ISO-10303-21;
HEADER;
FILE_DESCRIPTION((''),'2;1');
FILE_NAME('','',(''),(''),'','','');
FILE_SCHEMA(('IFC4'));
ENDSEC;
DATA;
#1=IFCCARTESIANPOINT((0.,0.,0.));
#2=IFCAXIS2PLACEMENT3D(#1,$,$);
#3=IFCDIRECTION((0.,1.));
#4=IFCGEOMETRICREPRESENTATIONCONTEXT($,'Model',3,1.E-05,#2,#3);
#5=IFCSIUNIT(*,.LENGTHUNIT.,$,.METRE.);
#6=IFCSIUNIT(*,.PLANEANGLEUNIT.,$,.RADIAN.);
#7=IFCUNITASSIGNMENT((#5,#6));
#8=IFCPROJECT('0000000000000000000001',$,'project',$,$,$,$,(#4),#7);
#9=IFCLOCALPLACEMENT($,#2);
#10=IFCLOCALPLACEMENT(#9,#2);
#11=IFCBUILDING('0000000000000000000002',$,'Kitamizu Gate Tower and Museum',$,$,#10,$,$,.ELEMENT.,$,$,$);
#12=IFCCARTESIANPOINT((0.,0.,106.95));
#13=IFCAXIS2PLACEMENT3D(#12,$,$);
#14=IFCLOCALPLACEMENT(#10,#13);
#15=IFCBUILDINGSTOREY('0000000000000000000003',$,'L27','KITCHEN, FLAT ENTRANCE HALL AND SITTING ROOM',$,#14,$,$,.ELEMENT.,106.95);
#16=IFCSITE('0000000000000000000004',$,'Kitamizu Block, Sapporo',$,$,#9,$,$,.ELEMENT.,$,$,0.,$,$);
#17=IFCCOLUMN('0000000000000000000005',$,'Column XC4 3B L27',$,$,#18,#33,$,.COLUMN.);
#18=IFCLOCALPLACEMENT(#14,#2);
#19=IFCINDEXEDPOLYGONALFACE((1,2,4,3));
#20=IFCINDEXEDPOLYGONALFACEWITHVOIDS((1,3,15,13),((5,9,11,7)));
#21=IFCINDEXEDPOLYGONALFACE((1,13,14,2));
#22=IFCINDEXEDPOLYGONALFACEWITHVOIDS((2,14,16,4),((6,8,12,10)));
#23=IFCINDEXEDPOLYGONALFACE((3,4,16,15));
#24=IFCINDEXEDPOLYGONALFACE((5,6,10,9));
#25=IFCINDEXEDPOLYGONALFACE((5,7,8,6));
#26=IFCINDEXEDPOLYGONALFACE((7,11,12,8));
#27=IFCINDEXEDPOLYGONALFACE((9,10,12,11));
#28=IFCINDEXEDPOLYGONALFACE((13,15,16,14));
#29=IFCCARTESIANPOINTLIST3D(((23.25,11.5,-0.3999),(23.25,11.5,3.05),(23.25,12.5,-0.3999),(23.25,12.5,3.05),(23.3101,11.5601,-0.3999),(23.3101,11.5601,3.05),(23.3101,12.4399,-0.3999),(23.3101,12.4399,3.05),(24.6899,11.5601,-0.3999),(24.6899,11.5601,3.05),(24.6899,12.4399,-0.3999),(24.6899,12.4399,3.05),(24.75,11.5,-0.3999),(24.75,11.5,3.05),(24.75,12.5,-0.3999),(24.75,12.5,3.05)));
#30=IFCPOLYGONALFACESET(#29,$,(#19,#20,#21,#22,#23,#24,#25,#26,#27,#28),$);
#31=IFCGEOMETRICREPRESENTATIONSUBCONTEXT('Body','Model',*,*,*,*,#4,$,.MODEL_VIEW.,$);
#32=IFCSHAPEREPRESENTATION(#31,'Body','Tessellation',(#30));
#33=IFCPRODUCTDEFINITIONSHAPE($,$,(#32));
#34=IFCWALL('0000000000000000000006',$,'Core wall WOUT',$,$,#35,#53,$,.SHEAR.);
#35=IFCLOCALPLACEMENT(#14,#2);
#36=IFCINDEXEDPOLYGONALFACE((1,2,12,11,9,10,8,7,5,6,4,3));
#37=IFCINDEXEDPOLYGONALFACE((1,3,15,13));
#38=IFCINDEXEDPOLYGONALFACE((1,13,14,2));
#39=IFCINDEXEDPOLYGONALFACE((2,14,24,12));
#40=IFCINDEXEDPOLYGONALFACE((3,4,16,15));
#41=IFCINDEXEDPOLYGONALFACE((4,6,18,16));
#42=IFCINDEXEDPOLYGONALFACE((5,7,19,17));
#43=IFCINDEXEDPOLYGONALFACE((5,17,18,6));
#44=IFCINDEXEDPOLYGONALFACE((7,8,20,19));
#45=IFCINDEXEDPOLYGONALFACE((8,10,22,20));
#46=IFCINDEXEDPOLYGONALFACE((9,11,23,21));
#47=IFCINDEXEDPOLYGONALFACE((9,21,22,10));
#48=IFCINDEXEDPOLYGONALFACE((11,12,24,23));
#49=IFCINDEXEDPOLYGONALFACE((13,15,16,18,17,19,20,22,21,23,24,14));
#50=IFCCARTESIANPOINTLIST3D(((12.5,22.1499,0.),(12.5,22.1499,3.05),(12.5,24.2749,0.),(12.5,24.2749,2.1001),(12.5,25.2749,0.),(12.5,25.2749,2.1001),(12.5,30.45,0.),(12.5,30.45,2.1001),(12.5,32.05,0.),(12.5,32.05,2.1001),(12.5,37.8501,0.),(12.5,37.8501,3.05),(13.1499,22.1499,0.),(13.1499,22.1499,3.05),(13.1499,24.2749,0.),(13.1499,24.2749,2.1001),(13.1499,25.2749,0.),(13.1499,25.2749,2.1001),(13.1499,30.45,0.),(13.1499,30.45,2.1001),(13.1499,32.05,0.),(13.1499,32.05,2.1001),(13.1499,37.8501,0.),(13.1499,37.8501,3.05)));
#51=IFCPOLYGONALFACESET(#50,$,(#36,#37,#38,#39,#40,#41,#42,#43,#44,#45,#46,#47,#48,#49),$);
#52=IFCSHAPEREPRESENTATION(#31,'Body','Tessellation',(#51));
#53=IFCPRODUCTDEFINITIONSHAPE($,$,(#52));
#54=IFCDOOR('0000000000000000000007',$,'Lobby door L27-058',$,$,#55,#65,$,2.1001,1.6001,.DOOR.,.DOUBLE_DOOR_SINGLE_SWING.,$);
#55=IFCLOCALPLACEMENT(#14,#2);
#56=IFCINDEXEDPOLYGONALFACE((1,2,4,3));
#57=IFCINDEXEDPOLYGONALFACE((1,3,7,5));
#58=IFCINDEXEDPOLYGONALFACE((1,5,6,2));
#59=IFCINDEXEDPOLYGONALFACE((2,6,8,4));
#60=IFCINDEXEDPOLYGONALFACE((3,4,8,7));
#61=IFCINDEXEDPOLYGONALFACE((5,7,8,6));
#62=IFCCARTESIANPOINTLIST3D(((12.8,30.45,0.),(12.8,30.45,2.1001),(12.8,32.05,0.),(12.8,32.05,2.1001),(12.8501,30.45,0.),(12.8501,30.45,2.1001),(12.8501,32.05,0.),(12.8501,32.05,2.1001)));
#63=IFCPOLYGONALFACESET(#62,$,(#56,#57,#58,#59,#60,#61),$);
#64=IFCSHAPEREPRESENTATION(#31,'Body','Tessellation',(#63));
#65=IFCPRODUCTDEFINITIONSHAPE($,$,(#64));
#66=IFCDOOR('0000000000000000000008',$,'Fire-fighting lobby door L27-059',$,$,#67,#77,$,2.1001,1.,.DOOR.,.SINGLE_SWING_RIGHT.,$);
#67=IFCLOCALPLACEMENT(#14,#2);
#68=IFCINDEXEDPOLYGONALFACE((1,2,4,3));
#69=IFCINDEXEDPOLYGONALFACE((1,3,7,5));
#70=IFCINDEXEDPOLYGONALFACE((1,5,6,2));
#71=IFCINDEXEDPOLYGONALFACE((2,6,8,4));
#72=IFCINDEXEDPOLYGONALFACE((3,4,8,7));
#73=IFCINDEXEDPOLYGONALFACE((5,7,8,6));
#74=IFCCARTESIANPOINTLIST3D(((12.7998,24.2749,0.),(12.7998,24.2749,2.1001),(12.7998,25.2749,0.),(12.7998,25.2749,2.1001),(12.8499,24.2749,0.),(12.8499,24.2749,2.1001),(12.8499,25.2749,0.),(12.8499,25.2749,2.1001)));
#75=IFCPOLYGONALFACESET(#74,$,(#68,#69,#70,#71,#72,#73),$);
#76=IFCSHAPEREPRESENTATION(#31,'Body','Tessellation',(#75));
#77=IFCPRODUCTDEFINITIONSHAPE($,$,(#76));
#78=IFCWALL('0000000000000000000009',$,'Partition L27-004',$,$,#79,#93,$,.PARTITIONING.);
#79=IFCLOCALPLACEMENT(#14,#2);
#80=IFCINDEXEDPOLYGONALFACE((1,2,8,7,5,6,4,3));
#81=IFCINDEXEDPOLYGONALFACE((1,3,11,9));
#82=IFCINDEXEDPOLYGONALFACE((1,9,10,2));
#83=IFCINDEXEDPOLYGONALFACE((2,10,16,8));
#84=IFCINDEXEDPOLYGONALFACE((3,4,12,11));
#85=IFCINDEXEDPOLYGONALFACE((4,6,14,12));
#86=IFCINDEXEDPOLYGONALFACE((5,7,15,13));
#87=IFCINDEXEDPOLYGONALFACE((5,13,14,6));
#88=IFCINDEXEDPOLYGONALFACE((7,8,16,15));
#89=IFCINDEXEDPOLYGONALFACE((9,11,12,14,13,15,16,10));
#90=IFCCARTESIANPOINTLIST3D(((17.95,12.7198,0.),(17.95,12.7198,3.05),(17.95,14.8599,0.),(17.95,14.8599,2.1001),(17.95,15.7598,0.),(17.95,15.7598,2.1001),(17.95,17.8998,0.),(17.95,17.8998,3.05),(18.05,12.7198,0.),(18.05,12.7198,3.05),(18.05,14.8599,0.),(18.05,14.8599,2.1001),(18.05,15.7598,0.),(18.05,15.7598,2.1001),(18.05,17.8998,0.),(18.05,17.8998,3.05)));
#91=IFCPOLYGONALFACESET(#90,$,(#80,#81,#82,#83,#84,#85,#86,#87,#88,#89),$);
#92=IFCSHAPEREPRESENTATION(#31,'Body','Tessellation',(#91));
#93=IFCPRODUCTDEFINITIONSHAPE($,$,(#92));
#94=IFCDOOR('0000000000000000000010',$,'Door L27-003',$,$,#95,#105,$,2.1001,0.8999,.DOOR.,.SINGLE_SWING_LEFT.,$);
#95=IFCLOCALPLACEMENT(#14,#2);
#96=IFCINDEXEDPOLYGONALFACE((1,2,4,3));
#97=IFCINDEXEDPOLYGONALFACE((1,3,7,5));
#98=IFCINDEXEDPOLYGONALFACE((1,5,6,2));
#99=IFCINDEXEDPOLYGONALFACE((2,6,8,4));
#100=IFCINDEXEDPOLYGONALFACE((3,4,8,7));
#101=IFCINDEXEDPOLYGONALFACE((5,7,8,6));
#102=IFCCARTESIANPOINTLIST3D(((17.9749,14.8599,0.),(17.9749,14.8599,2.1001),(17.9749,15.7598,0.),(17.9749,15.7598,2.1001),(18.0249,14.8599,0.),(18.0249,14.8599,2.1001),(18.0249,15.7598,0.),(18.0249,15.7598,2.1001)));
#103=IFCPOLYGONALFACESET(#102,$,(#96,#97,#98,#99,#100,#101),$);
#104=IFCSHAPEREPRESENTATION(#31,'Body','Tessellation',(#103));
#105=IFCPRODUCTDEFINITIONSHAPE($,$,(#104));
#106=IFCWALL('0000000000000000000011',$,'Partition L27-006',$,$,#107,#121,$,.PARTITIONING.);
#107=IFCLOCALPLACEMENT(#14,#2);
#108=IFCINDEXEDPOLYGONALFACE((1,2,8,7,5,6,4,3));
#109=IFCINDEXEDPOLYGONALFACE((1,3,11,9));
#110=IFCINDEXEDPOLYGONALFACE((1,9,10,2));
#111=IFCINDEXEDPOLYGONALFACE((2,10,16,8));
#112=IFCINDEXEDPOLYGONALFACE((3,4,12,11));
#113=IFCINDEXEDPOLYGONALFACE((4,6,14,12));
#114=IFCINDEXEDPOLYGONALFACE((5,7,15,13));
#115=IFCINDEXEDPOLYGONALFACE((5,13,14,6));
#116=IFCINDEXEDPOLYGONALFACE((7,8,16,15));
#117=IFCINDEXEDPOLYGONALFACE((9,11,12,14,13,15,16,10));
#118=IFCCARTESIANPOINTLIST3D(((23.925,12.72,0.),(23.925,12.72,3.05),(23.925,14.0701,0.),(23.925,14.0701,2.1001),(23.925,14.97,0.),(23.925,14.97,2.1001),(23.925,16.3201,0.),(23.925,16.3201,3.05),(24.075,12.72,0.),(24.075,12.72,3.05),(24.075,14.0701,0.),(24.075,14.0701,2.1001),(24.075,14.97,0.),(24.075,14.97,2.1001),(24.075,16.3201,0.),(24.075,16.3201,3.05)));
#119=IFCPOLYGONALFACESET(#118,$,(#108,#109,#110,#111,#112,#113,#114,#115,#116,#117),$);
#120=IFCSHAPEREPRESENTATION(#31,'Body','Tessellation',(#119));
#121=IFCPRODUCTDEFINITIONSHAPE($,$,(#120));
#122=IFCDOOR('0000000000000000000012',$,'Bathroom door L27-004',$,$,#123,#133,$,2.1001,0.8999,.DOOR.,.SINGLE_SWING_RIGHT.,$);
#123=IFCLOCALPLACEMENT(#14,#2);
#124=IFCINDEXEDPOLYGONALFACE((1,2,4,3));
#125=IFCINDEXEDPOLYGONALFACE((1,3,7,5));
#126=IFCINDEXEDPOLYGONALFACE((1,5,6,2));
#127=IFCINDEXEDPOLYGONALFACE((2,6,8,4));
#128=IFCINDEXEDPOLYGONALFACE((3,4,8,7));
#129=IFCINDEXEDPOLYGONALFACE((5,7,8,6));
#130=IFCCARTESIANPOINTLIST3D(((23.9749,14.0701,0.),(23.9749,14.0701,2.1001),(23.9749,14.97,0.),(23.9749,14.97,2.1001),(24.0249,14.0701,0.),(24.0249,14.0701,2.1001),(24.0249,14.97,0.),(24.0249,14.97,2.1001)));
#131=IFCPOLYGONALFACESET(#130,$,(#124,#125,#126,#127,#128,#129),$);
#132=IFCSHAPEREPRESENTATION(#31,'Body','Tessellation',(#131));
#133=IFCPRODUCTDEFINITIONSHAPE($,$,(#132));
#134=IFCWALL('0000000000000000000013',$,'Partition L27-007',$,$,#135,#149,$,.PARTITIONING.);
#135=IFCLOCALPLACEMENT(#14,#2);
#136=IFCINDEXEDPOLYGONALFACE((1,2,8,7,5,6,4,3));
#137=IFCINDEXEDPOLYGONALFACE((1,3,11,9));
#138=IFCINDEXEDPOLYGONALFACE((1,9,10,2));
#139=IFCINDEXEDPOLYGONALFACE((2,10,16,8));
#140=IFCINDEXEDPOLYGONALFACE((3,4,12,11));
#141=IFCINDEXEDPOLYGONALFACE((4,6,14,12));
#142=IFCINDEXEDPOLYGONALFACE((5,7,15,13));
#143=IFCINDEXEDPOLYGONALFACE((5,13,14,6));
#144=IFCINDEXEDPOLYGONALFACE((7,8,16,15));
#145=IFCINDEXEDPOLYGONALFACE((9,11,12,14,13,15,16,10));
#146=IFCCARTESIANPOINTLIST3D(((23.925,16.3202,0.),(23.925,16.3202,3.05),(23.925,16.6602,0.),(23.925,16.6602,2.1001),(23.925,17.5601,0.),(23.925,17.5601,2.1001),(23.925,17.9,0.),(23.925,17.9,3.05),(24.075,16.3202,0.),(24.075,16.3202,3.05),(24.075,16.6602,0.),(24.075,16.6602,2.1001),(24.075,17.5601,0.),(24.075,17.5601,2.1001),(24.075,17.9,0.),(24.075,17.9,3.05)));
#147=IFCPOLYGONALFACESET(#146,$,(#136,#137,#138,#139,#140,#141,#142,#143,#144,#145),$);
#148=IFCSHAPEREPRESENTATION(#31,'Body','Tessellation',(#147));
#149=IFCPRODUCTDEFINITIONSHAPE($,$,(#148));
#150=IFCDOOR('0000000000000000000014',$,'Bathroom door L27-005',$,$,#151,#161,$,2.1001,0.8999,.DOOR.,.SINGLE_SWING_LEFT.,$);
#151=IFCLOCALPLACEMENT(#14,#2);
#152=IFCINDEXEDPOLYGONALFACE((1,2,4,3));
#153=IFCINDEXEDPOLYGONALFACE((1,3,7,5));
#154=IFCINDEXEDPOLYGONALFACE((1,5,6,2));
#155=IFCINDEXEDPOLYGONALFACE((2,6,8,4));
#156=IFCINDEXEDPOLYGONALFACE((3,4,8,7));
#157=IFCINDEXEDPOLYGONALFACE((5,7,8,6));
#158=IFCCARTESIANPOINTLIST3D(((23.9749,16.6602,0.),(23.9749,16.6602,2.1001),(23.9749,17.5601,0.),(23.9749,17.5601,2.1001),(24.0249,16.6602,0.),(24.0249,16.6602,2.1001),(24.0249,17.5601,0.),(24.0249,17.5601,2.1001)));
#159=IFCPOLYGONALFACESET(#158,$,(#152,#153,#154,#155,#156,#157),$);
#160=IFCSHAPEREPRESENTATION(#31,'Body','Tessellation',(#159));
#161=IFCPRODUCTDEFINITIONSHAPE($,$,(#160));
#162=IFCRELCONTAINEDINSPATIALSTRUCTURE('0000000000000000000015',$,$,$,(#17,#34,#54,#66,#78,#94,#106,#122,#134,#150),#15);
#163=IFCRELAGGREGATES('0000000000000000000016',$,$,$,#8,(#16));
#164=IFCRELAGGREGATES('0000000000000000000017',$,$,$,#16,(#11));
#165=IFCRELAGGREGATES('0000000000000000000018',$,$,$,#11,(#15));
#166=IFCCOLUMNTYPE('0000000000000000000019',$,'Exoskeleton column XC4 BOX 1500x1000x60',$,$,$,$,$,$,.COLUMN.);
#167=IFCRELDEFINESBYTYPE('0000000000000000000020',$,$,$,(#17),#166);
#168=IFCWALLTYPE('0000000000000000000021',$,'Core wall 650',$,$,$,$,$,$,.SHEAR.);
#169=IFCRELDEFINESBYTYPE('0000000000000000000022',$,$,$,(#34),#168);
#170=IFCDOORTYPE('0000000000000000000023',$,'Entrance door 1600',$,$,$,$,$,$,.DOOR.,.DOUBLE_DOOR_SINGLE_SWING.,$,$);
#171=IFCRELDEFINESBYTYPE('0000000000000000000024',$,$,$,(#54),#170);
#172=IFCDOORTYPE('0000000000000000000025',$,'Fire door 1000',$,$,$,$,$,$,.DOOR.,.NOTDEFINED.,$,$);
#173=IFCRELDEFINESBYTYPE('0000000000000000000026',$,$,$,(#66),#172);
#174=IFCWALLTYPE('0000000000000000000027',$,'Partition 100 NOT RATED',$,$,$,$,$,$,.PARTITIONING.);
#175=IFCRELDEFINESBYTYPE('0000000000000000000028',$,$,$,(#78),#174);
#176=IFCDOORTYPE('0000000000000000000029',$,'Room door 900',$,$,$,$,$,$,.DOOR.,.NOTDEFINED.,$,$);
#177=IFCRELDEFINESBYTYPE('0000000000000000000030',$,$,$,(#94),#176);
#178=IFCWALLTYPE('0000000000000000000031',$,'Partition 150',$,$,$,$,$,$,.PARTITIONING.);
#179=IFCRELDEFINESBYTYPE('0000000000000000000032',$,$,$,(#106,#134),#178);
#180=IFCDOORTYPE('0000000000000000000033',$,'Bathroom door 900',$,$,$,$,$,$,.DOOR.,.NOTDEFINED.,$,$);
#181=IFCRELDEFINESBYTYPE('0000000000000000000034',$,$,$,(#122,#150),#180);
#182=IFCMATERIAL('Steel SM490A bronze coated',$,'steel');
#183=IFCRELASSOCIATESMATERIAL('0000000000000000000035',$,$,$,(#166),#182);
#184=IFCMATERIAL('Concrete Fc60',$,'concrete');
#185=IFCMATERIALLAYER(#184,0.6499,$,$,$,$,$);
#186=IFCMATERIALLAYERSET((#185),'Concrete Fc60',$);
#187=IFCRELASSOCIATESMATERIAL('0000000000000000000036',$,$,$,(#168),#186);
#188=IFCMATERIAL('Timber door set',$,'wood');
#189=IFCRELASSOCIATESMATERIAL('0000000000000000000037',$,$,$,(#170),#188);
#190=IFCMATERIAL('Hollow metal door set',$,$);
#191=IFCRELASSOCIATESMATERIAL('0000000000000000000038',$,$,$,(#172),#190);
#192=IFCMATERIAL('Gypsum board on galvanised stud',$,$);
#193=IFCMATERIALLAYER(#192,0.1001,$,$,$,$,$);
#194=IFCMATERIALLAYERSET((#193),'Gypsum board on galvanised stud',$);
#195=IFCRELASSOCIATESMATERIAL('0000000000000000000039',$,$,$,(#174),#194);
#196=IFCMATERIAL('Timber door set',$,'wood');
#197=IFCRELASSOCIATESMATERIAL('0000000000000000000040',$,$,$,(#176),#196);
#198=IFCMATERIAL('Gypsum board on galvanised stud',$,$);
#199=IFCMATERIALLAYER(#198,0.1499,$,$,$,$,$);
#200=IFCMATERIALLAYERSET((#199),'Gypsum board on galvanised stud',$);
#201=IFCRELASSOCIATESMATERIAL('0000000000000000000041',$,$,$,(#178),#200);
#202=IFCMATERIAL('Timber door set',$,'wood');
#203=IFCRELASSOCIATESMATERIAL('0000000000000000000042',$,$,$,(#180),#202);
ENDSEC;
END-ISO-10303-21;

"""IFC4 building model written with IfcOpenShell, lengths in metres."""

from ifc_helpers import new_model, si_unit, direction, frame, frame_2d, origin, origin_2d, place, context, subcontext, project, spatial, rectangle, hollow_rectangle, extrude, material, layer, layer_set, material_profile, profile_set, type_object, element, fill, save


model = new_model("IFC4")

# Units and contexts
model_context = context("Model", 3, precision=1e-05, world=origin(), true_north=direction((0.0, 1.0)))
body_context = subcontext(model_context, "Body", "Model", "MODEL_VIEW")
ifc_project = project(units=[si_unit("LENGTHUNIT", "METRE"), si_unit("PLANEANGLEUNIT", "RADIAN")], contexts=[model_context])

# Site, building, storey
site_placement = place(None, origin())
site = spatial("IfcSite", under=ifc_project, at=site_placement, Name="Kitamizu Block, Sapporo", CompositionType="ELEMENT", RefElevation=0.0)
building_placement = place(site_placement, origin())
building = spatial("IfcBuilding", under=site, at=building_placement, Name="Kitamizu Gate Tower and Museum", CompositionType="ELEMENT")
storey_placement = place(building_placement, frame((0.0, 0.0, 106.95)))
storey = spatial("IfcBuildingStorey", under=building, at=storey_placement, Name="L27", Description="KITCHEN, FLAT ENTRANCE HALL AND SITTING ROOM", CompositionType="ELEMENT", Elevation=106.95)

# Column
ifc_material_1 = material(Name="Steel SM490A bronze coated", Category="steel")
ifc_material_profile = material_profile(ifc_material_1, hollow_rectangle(XDim=1.5, YDim=1.0, WallThickness=0.0601, at=origin_2d()), Name="BOX 1500x1000x60")
ifc_profile_set = profile_set([ifc_material_profile], Name="Steel SM490A bronze coated")
column_type = type_object("IfcColumnType", Name="Exoskeleton column XC4 BOX 1500x1000x60", PredefinedType="COLUMN", material=ifc_profile_set)
column_placement = place(storey_placement, frame((24.0, 12.0, -0.3999), z_axis=(0.0, 0.0, 1.0), x_axis=(1.0, 0.0, 0.0)))
element("IfcColumn", 1, at=column_placement, inside=storey, type_object=column_type, Name="Column XC4 3B L27", PredefinedType="COLUMN", context=body_context, shape_type="SweptSolid", body=[
    extrude(hollow_rectangle(XDim=1.5, YDim=1.0, WallThickness=0.0601, at=origin_2d()), origin(), (0.0, 0.0, 1.0), 3.45),
])

# Wall, openings, doors
ifc_material_2 = material(Name="Concrete Fc60", Category="concrete")
ifc_layer_1 = layer(ifc_material_2, 0.6499)
ifc_layer_set_1 = layer_set([ifc_layer_1], Name="Concrete Fc60")
wall_type_1 = type_object("IfcWallType", Name="Core wall 650", PredefinedType="SHEAR", material=ifc_layer_set_1)
wall_1_placement = place(storey_placement, frame((12.825, 22.1499, 0.0), z_axis=(0.0, 0.0, 1.0), x_axis=(0.0, 1.0, 0.0)))
wall_1 = element("IfcWall", 2, at=wall_1_placement, inside=storey, type_object=wall_type_1, Name="Core wall WOUT", PredefinedType="SHEAR", context=body_context, shape_type="SweptSolid", body=[
    extrude(rectangle(XDim=15.7002, YDim=0.6499, at=frame_2d((7.8501, 0.0))), origin(), (0.0, 0.0, 1.0), 3.05),
])
opening_1_placement = place(wall_1_placement, frame((8.3, 0.0, 0.0)))
opening_1 = element("IfcOpeningElement", 3, at=opening_1_placement, cuts=wall_1, PredefinedType="OPENING", context=body_context, shape_type="SweptSolid", body=[
    extrude(rectangle(XDim=1.6001, YDim=2.1001, at=frame_2d((0.8, 1.05))), frame((0.0, 0.335, 0.0), z_axis=(0.0, -1.0, 0.0), x_axis=(1.0, 0.0, 0.0)), (0.0, 0.0, 1.0), 0.6699),
])
opening_2_placement = place(wall_1_placement, frame((2.125, 0.0, 0.0)))
opening_2 = element("IfcOpeningElement", 4, at=opening_2_placement, cuts=wall_1, PredefinedType="OPENING", context=body_context, shape_type="SweptSolid", body=[
    extrude(rectangle(XDim=1.0, YDim=2.1001, at=frame_2d((0.5, 1.05))), frame((0.0, 0.335, 0.0), z_axis=(0.0, -1.0, 0.0), x_axis=(1.0, 0.0, 0.0)), (0.0, 0.0, 1.0), 0.6699),
])
ifc_material_3 = material(Name="Timber door set", Category="wood")
door_type_1 = type_object("IfcDoorType", Name="Entrance door 1600", OperationType="DOUBLE_DOOR_SINGLE_SWING", PredefinedType="DOOR", material=ifc_material_3)
door_1_placement = place(opening_1_placement, origin())
door_1 = element("IfcDoor", 5, at=door_1_placement, inside=storey, type_object=door_type_1, Name="Lobby door L27-058", OperationType="DOUBLE_DOOR_SINGLE_SWING", OverallHeight=2.1001, OverallWidth=1.6001, PredefinedType="DOOR", context=body_context, shape_type="SweptSolid", body=[
    extrude(rectangle(XDim=1.6001, YDim=2.1001, at=frame_2d((0.8, 1.05))), frame((0.0, 0.0249, 0.0), z_axis=(0.0, -1.0, 0.0), x_axis=(1.0, 0.0, 0.0)), (0.0, 0.0, 1.0), 0.05),
])
fill(opening_1, door_1)
ifc_material_4 = material(Name="Hollow metal door set")
door_type_2 = type_object("IfcDoorType", Name="Fire door 1000", OperationType="NOTDEFINED", PredefinedType="DOOR", material=ifc_material_4)
door_2_placement = place(opening_2_placement, frame((1.0, 0.0, 0.0), x_axis=(-1.0, 0.0, 0.0)))
door_2 = element("IfcDoor", 6, at=door_2_placement, inside=storey, type_object=door_type_2, Name="Fire-fighting lobby door L27-059", OperationType="SINGLE_SWING_RIGHT", OverallHeight=2.1001, OverallWidth=1.0, PredefinedType="DOOR", context=body_context, shape_type="SweptSolid", body=[
    extrude(rectangle(XDim=1.0, YDim=2.1001, at=frame_2d((0.5, 1.05))), frame((0.0, 0.0249, 0.0), z_axis=(0.0, -1.0, 0.0), x_axis=(1.0, 0.0, 0.0)), (0.0, 0.0, 1.0), 0.05),
])
fill(opening_2, door_2)

# Walls, openings, doors
ifc_material_5 = material(Name="Gypsum board on galvanised stud")
ifc_layer_2 = layer(ifc_material_5, 0.1001)
ifc_layer_set_2 = layer_set([ifc_layer_2], Name="Gypsum board on galvanised stud")
wall_type_2 = type_object("IfcWallType", Name="Partition 100 NOT RATED", PredefinedType="PARTITIONING", material=ifc_layer_set_2)
wall_2_placement = place(storey_placement, frame((18.0, 12.72, 0.0), z_axis=(0.0, 0.0, 1.0), x_axis=(0.0, 1.0, 0.0)))
wall_2 = element("IfcWall", 7, at=wall_2_placement, inside=storey, type_object=wall_type_2, Name="Partition L27-004", PredefinedType="PARTITIONING", context=body_context, shape_type="SweptSolid", body=[
    extrude(rectangle(XDim=5.1799, YDim=0.1001, at=frame_2d((2.5898, 0.0))), origin(), (0.0, 0.0, 1.0), 3.05),
])
opening_3_placement = place(wall_2_placement, frame((2.1399, 0.0, 0.0)))
opening_3 = element("IfcOpeningElement", 8, at=opening_3_placement, cuts=wall_2, PredefinedType="OPENING", context=body_context, shape_type="SweptSolid", body=[
    extrude(rectangle(XDim=0.8999, YDim=2.1001, at=frame_2d((0.45, 1.05))), frame((0.0, 0.0601, 0.0), z_axis=(0.0, -1.0, 0.0), x_axis=(1.0, 0.0, 0.0)), (0.0, 0.0, 1.0), 0.1201),
])
ifc_material_6 = material(Name="Timber door set", Category="wood")
door_type_3 = type_object("IfcDoorType", Name="Room door 900", OperationType="NOTDEFINED", PredefinedType="DOOR", material=ifc_material_6)
door_3_placement = place(opening_3_placement, frame((0.8999, 0.0, 0.0), x_axis=(-1.0, 0.0, 0.0)))
door_3 = element("IfcDoor", 9, at=door_3_placement, inside=storey, type_object=door_type_3, Name="Door L27-003", OperationType="SINGLE_SWING_LEFT", OverallHeight=2.1001, OverallWidth=0.8999, PredefinedType="DOOR", context=body_context, shape_type="SweptSolid", body=[
    extrude(rectangle(XDim=0.8999, YDim=2.1001, at=frame_2d((0.45, 1.05))), frame((0.0, 0.0249, 0.0), z_axis=(0.0, -1.0, 0.0), x_axis=(1.0, 0.0, 0.0)), (0.0, 0.0, 1.0), 0.05),
])
fill(opening_3, door_3)
ifc_material_7 = material(Name="Gypsum board on galvanised stud")
ifc_layer_3 = layer(ifc_material_7, 0.1499)
ifc_layer_set_3 = layer_set([ifc_layer_3], Name="Gypsum board on galvanised stud")
wall_type_3 = type_object("IfcWallType", Name="Partition 150", PredefinedType="PARTITIONING", material=ifc_layer_set_3)
wall_3_placement = place(storey_placement, frame((24.0, 12.72, 0.0), z_axis=(0.0, 0.0, 1.0), x_axis=(0.0, 1.0, 0.0)))
wall_3 = element("IfcWall", 10, at=wall_3_placement, inside=storey, type_object=wall_type_3, Name="Partition L27-006", PredefinedType="PARTITIONING", context=body_context, shape_type="SweptSolid", body=[
    extrude(rectangle(XDim=3.6001, YDim=0.1499, at=frame_2d((1.8, 0.0))), origin(), (0.0, 0.0, 1.0), 3.05),
])
opening_4_placement = place(wall_3_placement, frame((1.3501, 0.0, 0.0)))
opening_4 = element("IfcOpeningElement", 11, at=opening_4_placement, cuts=wall_3, PredefinedType="OPENING", context=body_context, shape_type="SweptSolid", body=[
    extrude(rectangle(XDim=0.8999, YDim=2.1001, at=frame_2d((0.45, 1.05))), frame((0.0, 0.085, 0.0), z_axis=(0.0, -1.0, 0.0), x_axis=(1.0, 0.0, 0.0)), (0.0, 0.0, 1.0), 0.1699),
])
ifc_material_8 = material(Name="Timber door set", Category="wood")
door_type_4 = type_object("IfcDoorType", Name="Bathroom door 900", OperationType="NOTDEFINED", PredefinedType="DOOR", material=ifc_material_8)
door_4_placement = place(opening_4_placement, frame((0.8999, 0.0, 0.0), x_axis=(-1.0, 0.0, 0.0)))
door_4 = element("IfcDoor", 12, at=door_4_placement, inside=storey, type_object=door_type_4, Name="Bathroom door L27-004", OperationType="SINGLE_SWING_RIGHT", OverallHeight=2.1001, OverallWidth=0.8999, PredefinedType="DOOR", context=body_context, shape_type="SweptSolid", body=[
    extrude(rectangle(XDim=0.8999, YDim=2.1001, at=frame_2d((0.45, 1.05))), frame((0.0, 0.0249, 0.0), z_axis=(0.0, -1.0, 0.0), x_axis=(1.0, 0.0, 0.0)), (0.0, 0.0, 1.0), 0.05),
])
fill(opening_4, door_4)
wall_4_placement = place(storey_placement, frame((24.0, 16.3201, 0.0), z_axis=(0.0, 0.0, 1.0), x_axis=(0.0, 1.0, 0.0)))
wall_4 = element("IfcWall", 13, at=wall_4_placement, inside=storey, type_object=wall_type_3, Name="Partition L27-007", PredefinedType="PARTITIONING", context=body_context, shape_type="SweptSolid", body=[
    extrude(rectangle(XDim=1.5798, YDim=0.1499, at=frame_2d((0.79, 0.0))), origin(), (0.0, 0.0, 1.0), 3.05),
])
opening_5_placement = place(wall_4_placement, frame((0.3401, 0.0, 0.0)))
opening_5 = element("IfcOpeningElement", 14, at=opening_5_placement, cuts=wall_4, PredefinedType="OPENING", context=body_context, shape_type="SweptSolid", body=[
    extrude(rectangle(XDim=0.8999, YDim=2.1001, at=frame_2d((0.45, 1.05))), frame((0.0, 0.085, 0.0), z_axis=(0.0, -1.0, 0.0), x_axis=(1.0, 0.0, 0.0)), (0.0, 0.0, 1.0), 0.1699),
])
door_5_placement = place(opening_5_placement, frame((0.8999, 0.0, 0.0), x_axis=(-1.0, 0.0, 0.0)))
door_5 = element("IfcDoor", 15, at=door_5_placement, inside=storey, type_object=door_type_4, Name="Bathroom door L27-005", OperationType="SINGLE_SWING_LEFT", OverallHeight=2.1001, OverallWidth=0.8999, PredefinedType="DOOR", context=body_context, shape_type="SweptSolid", body=[
    extrude(rectangle(XDim=0.8999, YDim=2.1001, at=frame_2d((0.45, 1.05))), frame((0.0, 0.0249, 0.0), z_axis=(0.0, -1.0, 0.0), x_axis=(1.0, 0.0, 0.0)), (0.0, 0.0, 1.0), 0.05),
])
fill(opening_5, door_5)

save(model, "model.ifc")
